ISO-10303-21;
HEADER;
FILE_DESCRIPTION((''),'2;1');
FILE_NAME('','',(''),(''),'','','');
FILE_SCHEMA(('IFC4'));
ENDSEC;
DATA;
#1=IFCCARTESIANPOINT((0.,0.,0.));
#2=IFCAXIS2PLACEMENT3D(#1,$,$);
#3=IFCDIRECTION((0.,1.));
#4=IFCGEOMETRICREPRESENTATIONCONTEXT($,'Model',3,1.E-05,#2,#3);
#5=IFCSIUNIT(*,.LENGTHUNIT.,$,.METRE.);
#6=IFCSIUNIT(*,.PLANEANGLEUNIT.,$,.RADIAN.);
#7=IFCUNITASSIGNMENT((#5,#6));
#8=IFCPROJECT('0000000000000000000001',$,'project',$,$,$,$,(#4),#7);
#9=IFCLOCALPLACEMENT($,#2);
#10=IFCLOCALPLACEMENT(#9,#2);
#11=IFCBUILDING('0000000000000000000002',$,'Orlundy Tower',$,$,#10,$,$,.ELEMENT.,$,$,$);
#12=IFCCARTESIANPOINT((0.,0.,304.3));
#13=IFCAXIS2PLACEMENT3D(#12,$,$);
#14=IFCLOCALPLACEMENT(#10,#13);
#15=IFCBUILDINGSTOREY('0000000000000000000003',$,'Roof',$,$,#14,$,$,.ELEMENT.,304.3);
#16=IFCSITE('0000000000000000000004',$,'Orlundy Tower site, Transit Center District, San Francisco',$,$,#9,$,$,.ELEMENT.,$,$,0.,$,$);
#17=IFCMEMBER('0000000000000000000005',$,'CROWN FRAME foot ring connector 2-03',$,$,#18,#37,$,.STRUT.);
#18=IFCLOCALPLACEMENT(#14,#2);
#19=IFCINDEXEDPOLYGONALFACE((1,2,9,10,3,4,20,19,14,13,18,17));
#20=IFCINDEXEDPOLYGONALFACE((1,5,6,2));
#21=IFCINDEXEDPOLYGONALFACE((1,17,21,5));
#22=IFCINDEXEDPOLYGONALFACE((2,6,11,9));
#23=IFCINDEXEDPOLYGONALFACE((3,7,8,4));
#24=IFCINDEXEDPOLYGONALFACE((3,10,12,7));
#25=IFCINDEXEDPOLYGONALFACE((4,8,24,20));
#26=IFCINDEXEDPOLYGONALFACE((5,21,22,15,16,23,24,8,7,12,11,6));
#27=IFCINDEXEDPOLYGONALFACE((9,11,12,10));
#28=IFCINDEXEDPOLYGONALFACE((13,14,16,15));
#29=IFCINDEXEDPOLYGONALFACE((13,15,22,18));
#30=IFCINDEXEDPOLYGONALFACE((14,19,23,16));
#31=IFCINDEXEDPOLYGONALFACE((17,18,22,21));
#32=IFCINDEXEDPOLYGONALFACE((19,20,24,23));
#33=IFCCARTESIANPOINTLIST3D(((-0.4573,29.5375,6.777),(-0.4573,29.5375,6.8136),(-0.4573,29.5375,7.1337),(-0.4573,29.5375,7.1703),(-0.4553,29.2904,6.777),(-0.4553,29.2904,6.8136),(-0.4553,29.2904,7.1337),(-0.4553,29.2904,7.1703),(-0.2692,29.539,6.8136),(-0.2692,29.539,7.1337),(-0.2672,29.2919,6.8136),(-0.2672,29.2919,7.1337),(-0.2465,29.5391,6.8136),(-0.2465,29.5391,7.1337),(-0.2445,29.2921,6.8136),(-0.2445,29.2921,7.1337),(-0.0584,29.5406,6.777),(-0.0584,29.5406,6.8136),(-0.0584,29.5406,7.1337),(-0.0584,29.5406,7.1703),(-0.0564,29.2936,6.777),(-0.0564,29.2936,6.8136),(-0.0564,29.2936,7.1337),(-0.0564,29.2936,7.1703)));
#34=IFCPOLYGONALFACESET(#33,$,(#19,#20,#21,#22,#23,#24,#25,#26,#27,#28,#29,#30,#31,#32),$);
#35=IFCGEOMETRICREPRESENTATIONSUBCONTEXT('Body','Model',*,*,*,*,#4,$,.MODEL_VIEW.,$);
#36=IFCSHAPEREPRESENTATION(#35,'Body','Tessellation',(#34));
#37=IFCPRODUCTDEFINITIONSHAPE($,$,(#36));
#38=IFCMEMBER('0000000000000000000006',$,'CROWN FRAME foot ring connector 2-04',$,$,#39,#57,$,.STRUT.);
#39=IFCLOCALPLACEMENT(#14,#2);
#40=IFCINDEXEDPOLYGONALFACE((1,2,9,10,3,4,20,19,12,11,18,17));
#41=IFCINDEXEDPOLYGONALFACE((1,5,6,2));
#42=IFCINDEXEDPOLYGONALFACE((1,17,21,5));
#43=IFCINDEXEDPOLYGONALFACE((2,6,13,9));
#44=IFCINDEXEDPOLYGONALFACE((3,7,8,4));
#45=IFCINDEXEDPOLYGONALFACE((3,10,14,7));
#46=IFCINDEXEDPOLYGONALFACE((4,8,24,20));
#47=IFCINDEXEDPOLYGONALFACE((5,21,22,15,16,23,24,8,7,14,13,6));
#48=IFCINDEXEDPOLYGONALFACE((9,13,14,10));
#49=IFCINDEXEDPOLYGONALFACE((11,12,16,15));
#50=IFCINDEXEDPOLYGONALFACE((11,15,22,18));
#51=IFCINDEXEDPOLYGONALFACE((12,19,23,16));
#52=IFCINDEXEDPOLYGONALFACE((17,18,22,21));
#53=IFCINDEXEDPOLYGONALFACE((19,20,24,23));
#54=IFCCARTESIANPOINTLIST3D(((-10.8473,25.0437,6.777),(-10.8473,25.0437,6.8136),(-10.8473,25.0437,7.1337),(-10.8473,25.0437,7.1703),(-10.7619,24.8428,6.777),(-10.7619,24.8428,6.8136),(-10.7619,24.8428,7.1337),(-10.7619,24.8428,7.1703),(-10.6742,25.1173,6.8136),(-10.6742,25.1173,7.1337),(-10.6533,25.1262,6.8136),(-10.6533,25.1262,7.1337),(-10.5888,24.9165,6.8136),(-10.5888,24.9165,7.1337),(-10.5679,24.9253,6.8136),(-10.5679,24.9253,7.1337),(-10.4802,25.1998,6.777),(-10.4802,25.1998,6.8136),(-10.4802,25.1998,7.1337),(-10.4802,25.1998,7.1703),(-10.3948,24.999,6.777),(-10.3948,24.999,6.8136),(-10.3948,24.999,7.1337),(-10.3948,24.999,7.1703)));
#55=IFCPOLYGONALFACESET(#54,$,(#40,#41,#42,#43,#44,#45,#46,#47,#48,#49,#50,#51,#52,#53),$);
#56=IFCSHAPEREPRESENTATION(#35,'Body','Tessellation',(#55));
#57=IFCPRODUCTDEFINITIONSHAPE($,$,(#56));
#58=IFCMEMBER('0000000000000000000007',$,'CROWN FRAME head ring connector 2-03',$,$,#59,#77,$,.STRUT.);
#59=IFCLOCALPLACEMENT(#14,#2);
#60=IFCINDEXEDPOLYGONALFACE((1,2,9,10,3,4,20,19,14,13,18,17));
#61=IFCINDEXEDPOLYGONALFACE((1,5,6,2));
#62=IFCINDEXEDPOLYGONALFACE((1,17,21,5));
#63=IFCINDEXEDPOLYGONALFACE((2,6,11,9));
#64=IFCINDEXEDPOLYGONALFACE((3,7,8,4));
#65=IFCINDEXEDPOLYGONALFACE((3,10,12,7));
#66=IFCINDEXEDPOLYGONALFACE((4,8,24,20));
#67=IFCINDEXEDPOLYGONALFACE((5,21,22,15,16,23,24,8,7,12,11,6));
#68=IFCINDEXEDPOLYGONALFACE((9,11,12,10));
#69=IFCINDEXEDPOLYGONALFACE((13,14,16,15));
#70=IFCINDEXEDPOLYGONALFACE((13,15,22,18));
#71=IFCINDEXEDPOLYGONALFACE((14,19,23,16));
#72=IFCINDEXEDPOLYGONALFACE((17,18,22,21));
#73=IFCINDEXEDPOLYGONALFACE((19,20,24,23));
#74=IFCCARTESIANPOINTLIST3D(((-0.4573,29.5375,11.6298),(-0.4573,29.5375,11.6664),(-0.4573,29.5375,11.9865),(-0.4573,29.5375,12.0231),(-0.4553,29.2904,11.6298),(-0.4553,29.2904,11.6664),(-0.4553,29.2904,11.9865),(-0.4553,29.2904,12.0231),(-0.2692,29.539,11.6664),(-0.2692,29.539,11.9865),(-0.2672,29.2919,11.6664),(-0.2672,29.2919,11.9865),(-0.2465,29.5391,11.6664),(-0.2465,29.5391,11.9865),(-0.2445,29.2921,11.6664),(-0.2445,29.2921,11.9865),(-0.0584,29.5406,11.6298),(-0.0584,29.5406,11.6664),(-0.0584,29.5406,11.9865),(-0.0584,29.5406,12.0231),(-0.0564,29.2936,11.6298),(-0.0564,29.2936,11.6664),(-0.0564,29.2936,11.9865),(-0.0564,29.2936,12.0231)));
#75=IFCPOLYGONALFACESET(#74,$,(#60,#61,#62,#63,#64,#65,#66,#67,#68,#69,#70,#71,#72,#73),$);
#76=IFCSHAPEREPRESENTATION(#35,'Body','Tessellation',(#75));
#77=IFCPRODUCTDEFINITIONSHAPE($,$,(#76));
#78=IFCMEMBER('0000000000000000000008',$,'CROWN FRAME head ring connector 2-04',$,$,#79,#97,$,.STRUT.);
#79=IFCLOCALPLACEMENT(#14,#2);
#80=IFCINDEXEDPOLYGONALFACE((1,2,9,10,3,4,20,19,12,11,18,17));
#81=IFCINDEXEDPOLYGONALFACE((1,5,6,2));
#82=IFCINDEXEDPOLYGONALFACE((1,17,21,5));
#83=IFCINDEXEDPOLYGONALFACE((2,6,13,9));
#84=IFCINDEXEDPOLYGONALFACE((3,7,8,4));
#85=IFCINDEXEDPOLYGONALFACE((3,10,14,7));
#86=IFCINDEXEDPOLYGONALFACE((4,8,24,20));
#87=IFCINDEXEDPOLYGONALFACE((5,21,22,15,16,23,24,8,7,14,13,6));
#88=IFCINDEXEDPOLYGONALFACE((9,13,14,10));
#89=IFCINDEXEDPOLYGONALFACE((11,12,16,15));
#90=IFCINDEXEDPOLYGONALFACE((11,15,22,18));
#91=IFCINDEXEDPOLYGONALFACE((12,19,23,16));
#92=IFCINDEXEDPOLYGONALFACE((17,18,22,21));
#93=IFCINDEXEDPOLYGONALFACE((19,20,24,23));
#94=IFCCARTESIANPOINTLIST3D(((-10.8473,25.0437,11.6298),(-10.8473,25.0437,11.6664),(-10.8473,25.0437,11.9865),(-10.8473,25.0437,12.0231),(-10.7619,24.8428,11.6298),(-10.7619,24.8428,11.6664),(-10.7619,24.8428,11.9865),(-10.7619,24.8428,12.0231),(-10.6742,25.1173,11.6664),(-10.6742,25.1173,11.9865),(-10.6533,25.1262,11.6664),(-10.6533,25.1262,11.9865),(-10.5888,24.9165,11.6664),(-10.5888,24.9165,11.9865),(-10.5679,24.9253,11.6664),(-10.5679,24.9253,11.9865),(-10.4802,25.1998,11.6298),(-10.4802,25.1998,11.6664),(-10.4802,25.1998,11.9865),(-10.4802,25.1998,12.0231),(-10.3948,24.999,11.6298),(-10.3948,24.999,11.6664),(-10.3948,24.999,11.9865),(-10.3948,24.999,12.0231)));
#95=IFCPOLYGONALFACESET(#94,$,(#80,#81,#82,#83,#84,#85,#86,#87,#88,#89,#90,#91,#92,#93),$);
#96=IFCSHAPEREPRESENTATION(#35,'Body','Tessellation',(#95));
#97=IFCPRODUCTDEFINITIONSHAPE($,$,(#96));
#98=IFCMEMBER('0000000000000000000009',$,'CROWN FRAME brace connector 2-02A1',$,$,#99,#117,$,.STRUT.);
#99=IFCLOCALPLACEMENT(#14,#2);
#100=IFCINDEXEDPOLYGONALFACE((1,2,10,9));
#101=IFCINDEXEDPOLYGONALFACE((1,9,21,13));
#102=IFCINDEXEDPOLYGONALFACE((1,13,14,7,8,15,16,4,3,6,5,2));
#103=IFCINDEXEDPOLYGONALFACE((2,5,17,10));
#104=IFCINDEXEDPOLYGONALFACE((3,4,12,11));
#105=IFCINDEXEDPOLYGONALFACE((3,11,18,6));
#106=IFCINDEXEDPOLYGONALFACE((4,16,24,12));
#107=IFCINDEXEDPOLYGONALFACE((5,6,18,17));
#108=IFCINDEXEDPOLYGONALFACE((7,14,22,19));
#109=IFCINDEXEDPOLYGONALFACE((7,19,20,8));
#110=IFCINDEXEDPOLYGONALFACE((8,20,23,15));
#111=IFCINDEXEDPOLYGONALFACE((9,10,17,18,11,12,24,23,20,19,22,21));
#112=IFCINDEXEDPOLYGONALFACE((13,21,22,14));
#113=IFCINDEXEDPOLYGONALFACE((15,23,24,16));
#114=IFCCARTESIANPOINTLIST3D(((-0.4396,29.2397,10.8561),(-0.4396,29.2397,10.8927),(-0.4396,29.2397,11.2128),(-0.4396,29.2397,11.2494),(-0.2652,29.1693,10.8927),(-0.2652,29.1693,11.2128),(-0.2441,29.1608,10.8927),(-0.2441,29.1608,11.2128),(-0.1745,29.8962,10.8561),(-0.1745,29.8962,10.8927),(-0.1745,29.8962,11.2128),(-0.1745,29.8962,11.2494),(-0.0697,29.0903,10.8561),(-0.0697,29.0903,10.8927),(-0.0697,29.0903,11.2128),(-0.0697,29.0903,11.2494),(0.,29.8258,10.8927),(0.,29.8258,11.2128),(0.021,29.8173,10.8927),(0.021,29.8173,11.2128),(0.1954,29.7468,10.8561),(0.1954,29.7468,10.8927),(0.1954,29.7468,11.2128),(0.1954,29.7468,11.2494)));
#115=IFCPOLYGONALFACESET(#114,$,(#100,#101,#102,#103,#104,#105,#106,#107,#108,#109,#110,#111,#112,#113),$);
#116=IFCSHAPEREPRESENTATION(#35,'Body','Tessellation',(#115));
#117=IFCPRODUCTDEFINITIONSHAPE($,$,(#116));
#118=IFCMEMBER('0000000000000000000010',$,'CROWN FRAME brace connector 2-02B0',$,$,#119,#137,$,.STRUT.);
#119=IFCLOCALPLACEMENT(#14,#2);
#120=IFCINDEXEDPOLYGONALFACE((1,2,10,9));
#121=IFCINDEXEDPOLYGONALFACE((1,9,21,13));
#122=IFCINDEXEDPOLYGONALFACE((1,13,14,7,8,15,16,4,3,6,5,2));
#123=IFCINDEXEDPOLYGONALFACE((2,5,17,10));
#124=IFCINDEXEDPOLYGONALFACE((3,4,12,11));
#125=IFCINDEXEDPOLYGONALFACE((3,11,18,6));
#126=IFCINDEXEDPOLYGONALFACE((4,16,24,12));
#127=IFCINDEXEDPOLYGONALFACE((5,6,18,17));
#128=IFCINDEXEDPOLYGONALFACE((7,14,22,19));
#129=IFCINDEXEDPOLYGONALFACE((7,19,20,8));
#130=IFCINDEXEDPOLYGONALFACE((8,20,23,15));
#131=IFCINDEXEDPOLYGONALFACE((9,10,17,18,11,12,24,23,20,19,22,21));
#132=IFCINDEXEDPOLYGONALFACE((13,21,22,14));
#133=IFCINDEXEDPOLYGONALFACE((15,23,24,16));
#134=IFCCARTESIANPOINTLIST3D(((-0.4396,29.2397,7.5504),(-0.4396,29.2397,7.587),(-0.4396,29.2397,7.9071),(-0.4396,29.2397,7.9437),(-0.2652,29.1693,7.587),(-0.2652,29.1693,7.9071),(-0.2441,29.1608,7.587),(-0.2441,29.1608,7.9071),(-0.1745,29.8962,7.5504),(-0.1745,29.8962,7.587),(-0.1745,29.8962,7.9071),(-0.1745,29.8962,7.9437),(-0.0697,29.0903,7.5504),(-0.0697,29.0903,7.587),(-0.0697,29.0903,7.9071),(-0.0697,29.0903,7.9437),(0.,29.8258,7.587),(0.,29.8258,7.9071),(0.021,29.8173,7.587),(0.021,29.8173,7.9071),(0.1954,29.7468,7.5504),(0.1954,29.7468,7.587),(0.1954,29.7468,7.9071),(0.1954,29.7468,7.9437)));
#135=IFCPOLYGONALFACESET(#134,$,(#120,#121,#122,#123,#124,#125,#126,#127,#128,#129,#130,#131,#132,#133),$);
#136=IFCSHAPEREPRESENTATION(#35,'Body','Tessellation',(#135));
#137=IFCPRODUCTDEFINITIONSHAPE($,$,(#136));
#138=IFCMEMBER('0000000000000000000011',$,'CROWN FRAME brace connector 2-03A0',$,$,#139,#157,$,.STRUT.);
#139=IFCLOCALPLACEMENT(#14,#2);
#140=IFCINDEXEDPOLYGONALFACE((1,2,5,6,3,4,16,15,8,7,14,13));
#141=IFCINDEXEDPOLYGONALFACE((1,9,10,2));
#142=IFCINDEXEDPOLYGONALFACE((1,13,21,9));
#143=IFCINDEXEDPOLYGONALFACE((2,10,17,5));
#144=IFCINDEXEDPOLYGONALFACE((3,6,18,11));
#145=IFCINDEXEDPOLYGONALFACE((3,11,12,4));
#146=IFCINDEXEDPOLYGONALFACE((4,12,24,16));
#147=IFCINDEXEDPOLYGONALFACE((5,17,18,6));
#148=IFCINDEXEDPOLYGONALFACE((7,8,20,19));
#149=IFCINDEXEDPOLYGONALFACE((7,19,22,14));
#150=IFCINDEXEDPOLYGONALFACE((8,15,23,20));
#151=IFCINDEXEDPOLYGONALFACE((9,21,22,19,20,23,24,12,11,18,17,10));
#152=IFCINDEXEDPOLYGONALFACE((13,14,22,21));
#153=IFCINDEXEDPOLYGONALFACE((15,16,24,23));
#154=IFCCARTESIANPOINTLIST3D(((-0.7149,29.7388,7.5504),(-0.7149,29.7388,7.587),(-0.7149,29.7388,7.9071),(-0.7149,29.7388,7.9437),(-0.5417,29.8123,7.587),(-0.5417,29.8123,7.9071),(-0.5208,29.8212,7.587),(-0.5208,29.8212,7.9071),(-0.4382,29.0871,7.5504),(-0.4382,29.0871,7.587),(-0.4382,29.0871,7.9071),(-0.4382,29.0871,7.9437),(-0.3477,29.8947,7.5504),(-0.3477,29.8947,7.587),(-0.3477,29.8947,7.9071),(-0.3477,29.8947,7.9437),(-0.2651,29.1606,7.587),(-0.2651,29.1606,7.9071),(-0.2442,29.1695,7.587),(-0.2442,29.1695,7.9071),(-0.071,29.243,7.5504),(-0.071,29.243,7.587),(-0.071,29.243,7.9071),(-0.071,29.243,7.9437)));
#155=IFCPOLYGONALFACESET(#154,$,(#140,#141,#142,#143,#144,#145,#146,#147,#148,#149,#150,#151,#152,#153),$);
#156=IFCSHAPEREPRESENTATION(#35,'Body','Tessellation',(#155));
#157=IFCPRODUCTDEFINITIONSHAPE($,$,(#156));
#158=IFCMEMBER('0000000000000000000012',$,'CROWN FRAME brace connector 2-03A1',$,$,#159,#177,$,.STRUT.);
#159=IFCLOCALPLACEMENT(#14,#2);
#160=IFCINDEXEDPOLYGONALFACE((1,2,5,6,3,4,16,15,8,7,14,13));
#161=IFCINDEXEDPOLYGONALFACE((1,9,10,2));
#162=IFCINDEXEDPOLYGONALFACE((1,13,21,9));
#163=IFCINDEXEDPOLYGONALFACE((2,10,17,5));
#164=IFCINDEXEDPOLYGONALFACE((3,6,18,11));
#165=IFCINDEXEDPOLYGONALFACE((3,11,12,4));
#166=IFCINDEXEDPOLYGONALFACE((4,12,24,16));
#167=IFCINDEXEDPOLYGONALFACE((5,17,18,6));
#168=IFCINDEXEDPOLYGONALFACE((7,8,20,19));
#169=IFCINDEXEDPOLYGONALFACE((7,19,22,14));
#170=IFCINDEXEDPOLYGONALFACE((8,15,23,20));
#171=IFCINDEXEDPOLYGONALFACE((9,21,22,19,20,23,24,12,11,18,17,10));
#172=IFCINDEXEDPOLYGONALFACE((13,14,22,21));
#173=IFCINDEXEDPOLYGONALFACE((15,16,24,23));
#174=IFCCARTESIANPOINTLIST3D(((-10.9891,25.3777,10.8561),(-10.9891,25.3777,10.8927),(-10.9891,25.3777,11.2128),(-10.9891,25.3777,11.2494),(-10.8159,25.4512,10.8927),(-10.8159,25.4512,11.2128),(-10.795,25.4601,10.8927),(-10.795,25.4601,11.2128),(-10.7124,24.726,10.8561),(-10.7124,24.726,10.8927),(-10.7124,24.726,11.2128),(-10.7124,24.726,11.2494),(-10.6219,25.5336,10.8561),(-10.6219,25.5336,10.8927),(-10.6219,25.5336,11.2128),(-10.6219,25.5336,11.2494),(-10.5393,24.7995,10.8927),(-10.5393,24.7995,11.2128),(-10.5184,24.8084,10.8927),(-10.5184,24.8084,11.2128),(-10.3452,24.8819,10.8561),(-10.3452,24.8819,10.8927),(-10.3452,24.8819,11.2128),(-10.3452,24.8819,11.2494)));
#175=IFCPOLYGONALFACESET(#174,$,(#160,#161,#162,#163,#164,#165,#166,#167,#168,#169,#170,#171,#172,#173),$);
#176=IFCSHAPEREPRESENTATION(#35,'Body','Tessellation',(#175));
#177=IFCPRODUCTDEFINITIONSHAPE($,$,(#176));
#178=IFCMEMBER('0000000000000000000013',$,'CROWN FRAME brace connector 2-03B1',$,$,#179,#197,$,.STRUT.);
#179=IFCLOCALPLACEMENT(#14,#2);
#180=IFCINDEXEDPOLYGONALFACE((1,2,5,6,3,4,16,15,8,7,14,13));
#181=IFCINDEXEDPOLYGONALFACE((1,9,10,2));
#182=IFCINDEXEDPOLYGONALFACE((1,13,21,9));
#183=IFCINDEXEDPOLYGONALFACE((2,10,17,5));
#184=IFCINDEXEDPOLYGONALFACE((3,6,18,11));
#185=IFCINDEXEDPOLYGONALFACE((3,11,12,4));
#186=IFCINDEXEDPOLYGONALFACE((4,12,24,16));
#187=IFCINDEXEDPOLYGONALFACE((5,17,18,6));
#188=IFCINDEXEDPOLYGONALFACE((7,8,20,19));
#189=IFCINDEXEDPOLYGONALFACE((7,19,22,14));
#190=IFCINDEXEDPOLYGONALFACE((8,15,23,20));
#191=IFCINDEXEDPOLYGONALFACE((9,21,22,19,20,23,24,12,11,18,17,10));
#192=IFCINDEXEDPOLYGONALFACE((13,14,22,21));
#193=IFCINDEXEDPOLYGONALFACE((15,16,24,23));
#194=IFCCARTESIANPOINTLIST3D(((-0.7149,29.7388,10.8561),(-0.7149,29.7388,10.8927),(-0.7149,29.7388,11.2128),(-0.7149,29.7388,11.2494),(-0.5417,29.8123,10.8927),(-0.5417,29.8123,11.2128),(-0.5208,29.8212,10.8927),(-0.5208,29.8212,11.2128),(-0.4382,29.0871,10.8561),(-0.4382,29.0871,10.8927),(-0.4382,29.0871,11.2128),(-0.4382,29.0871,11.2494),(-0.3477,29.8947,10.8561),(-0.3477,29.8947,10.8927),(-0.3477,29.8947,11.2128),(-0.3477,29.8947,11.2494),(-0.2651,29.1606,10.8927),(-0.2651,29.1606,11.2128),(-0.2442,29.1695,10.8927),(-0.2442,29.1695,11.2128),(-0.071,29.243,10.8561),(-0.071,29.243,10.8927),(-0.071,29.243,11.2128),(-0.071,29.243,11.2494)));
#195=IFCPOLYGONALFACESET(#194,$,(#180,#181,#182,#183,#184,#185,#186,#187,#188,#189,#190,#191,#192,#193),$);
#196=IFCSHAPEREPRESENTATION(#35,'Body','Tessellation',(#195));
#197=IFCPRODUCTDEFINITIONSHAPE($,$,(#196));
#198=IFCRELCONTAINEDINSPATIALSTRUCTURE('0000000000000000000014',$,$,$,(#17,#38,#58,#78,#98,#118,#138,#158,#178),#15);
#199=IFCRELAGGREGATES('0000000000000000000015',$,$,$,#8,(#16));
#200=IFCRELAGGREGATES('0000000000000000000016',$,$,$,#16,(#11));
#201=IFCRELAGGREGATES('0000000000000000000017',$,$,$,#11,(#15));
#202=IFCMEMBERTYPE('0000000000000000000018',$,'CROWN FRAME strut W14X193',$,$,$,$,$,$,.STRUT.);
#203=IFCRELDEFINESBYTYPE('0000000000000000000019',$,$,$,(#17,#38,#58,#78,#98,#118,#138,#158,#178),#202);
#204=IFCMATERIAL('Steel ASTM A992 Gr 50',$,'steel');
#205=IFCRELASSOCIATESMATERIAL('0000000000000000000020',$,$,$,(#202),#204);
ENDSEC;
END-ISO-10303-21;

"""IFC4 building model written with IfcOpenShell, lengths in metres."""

from ifc_helpers import new_model, si_unit, direction, frame, origin, origin_2d, place, context, subcontext, project, spatial, i_section, extrude, material, material_profile, profile_set, type_object, element, save


model = new_model("IFC4")

# Units and contexts
model_context = context("Model", 3, precision=1e-05, world=origin(), true_north=direction((0.0, 1.0)))
body_context = subcontext(model_context, "Body", "Model", "MODEL_VIEW")
ifc_project = project(units=[si_unit("LENGTHUNIT", "METRE"), si_unit("PLANEANGLEUNIT", "RADIAN")], contexts=[model_context])

# Site, building, storey
site_placement = place(None, origin())
site = spatial("IfcSite", under=ifc_project, at=site_placement, Name="Orlundy Tower site, Transit Center District, San Francisco", CompositionType="ELEMENT", RefElevation=0.0)
building_placement = place(site_placement, origin())
building = spatial("IfcBuilding", under=site, at=building_placement, Name="Orlundy Tower", CompositionType="ELEMENT")
storey_placement = place(building_placement, frame((0.0, 0.0, 304.3)))
storey = spatial("IfcBuildingStorey", under=building, at=storey_placement, Name="Roof", CompositionType="ELEMENT", Elevation=304.3)

# Members
ifc_material_1 = material(Name="Steel ASTM A992 Gr 50", Category="steel")
ifc_material_profile_1 = material_profile(ifc_material_1, i_section(OverallWidth=0.3989, OverallDepth=0.3933, WebThickness=0.0227, FlangeThickness=0.0366, at=origin_2d()), Name="W14X193")
ifc_profile_set_1 = profile_set([ifc_material_profile_1], Name="Steel ASTM A992 Gr 50")
member_type_1 = type_object("IfcMemberType", Name="CROWN FRAME strut W14X193", PredefinedType="STRUT", material=ifc_profile_set_1)
member_1_placement = place(storey_placement, frame((-0.2559, 29.292, 6.9736), z_axis=(-0.007905, 0.999969, 0.0), x_axis=(-0.999969, -0.007905, 0.0)))
element("IfcMember", 1, at=member_1_placement, inside=storey, type_object=member_type_1, Name="CROWN FRAME foot ring connector 2-03", PredefinedType="STRUT", context=body_context, shape_type="SweptSolid", body=[
    extrude(i_section(OverallWidth=0.3989, OverallDepth=0.3933, WebThickness=0.0227, FlangeThickness=0.0366, at=origin_2d()), origin(), (0.0, 0.0, 1.0), 0.2471),
])
member_2_placement = place(storey_placement, frame((-10.5784, 24.9209, 6.9736), z_axis=(-0.391354, 0.92024, 0.0), x_axis=(-0.92024, -0.391354, 0.0)))
element("IfcMember", 2, at=member_2_placement, inside=storey, type_object=member_type_1, Name="CROWN FRAME foot ring connector 2-04", PredefinedType="STRUT", context=body_context, shape_type="SweptSolid", body=[
    extrude(i_section(OverallWidth=0.3989, OverallDepth=0.3933, WebThickness=0.0227, FlangeThickness=0.0366, at=origin_2d()), origin(), (0.0, 0.0, 1.0), 0.2183),
])
member_3_placement = place(storey_placement, frame((-0.2559, 29.292, 11.8264), z_axis=(-0.007905, 0.999969, 0.0), x_axis=(-0.999969, -0.007905, 0.0)))
element("IfcMember", 3, at=member_3_placement, inside=storey, type_object=member_type_1, Name="CROWN FRAME head ring connector 2-03", PredefinedType="STRUT", context=body_context, shape_type="SweptSolid", body=[
    extrude(i_section(OverallWidth=0.3989, OverallDepth=0.3933, WebThickness=0.0227, FlangeThickness=0.0366, at=origin_2d()), origin(), (0.0, 0.0, 1.0), 0.2471),
])
member_4_placement = place(storey_placement, frame((-10.5784, 24.9209, 11.8264), z_axis=(-0.391354, 0.92024, 0.0), x_axis=(-0.92024, -0.391354, 0.0)))
element("IfcMember", 4, at=member_4_placement, inside=storey, type_object=member_type_1, Name="CROWN FRAME head ring connector 2-04", PredefinedType="STRUT", context=body_context, shape_type="SweptSolid", body=[
    extrude(i_section(OverallWidth=0.3989, OverallDepth=0.3933, WebThickness=0.0227, FlangeThickness=0.0366, at=origin_2d()), origin(), (0.0, 0.0, 1.0), 0.2183),
])
for number, where, z_axis, x_axis, name in (
    (5, (-0.2546, 29.165, 11.0527), (0.37448, 0.927235, 0.0), (-0.927235, 0.37448, 0.0), "CROWN FRAME brace connector 2-02A1"),
    (6, (-0.2546, 29.165, 7.7471), (0.37448, 0.927235, 0.0), (-0.927235, 0.37448, 0.0), "CROWN FRAME brace connector 2-02B0"),
    (7, (-0.2546, 29.165, 7.7471), (-0.390754, 0.920495, 0.0), (-0.920495, -0.390754, 0.0), "CROWN FRAME brace connector 2-03A0"),
    (8, (-10.5288, 24.804, 11.0527), (-0.390754, 0.920495, 0.0), (-0.920495, -0.390754, 0.0), "CROWN FRAME brace connector 2-03A1"),
    (9, (-0.2546, 29.165, 11.0527), (-0.390754, 0.920495, 0.0), (-0.920495, -0.390754, 0.0), "CROWN FRAME brace connector 2-03B1"),
):
    element("IfcMember", number, at=place(storey_placement, frame(where, z_axis=z_axis, x_axis=x_axis)), inside=storey, type_object=member_type_1, Name=name, PredefinedType="STRUT", context=body_context, shape_type="SweptSolid", body=[
        extrude(i_section(OverallWidth=0.3989, OverallDepth=0.3933, WebThickness=0.0227, FlangeThickness=0.0366, at=origin_2d()), origin(), (0.0, 0.0, 1.0), 0.708),
    ])

save(model, "model.ifc")
